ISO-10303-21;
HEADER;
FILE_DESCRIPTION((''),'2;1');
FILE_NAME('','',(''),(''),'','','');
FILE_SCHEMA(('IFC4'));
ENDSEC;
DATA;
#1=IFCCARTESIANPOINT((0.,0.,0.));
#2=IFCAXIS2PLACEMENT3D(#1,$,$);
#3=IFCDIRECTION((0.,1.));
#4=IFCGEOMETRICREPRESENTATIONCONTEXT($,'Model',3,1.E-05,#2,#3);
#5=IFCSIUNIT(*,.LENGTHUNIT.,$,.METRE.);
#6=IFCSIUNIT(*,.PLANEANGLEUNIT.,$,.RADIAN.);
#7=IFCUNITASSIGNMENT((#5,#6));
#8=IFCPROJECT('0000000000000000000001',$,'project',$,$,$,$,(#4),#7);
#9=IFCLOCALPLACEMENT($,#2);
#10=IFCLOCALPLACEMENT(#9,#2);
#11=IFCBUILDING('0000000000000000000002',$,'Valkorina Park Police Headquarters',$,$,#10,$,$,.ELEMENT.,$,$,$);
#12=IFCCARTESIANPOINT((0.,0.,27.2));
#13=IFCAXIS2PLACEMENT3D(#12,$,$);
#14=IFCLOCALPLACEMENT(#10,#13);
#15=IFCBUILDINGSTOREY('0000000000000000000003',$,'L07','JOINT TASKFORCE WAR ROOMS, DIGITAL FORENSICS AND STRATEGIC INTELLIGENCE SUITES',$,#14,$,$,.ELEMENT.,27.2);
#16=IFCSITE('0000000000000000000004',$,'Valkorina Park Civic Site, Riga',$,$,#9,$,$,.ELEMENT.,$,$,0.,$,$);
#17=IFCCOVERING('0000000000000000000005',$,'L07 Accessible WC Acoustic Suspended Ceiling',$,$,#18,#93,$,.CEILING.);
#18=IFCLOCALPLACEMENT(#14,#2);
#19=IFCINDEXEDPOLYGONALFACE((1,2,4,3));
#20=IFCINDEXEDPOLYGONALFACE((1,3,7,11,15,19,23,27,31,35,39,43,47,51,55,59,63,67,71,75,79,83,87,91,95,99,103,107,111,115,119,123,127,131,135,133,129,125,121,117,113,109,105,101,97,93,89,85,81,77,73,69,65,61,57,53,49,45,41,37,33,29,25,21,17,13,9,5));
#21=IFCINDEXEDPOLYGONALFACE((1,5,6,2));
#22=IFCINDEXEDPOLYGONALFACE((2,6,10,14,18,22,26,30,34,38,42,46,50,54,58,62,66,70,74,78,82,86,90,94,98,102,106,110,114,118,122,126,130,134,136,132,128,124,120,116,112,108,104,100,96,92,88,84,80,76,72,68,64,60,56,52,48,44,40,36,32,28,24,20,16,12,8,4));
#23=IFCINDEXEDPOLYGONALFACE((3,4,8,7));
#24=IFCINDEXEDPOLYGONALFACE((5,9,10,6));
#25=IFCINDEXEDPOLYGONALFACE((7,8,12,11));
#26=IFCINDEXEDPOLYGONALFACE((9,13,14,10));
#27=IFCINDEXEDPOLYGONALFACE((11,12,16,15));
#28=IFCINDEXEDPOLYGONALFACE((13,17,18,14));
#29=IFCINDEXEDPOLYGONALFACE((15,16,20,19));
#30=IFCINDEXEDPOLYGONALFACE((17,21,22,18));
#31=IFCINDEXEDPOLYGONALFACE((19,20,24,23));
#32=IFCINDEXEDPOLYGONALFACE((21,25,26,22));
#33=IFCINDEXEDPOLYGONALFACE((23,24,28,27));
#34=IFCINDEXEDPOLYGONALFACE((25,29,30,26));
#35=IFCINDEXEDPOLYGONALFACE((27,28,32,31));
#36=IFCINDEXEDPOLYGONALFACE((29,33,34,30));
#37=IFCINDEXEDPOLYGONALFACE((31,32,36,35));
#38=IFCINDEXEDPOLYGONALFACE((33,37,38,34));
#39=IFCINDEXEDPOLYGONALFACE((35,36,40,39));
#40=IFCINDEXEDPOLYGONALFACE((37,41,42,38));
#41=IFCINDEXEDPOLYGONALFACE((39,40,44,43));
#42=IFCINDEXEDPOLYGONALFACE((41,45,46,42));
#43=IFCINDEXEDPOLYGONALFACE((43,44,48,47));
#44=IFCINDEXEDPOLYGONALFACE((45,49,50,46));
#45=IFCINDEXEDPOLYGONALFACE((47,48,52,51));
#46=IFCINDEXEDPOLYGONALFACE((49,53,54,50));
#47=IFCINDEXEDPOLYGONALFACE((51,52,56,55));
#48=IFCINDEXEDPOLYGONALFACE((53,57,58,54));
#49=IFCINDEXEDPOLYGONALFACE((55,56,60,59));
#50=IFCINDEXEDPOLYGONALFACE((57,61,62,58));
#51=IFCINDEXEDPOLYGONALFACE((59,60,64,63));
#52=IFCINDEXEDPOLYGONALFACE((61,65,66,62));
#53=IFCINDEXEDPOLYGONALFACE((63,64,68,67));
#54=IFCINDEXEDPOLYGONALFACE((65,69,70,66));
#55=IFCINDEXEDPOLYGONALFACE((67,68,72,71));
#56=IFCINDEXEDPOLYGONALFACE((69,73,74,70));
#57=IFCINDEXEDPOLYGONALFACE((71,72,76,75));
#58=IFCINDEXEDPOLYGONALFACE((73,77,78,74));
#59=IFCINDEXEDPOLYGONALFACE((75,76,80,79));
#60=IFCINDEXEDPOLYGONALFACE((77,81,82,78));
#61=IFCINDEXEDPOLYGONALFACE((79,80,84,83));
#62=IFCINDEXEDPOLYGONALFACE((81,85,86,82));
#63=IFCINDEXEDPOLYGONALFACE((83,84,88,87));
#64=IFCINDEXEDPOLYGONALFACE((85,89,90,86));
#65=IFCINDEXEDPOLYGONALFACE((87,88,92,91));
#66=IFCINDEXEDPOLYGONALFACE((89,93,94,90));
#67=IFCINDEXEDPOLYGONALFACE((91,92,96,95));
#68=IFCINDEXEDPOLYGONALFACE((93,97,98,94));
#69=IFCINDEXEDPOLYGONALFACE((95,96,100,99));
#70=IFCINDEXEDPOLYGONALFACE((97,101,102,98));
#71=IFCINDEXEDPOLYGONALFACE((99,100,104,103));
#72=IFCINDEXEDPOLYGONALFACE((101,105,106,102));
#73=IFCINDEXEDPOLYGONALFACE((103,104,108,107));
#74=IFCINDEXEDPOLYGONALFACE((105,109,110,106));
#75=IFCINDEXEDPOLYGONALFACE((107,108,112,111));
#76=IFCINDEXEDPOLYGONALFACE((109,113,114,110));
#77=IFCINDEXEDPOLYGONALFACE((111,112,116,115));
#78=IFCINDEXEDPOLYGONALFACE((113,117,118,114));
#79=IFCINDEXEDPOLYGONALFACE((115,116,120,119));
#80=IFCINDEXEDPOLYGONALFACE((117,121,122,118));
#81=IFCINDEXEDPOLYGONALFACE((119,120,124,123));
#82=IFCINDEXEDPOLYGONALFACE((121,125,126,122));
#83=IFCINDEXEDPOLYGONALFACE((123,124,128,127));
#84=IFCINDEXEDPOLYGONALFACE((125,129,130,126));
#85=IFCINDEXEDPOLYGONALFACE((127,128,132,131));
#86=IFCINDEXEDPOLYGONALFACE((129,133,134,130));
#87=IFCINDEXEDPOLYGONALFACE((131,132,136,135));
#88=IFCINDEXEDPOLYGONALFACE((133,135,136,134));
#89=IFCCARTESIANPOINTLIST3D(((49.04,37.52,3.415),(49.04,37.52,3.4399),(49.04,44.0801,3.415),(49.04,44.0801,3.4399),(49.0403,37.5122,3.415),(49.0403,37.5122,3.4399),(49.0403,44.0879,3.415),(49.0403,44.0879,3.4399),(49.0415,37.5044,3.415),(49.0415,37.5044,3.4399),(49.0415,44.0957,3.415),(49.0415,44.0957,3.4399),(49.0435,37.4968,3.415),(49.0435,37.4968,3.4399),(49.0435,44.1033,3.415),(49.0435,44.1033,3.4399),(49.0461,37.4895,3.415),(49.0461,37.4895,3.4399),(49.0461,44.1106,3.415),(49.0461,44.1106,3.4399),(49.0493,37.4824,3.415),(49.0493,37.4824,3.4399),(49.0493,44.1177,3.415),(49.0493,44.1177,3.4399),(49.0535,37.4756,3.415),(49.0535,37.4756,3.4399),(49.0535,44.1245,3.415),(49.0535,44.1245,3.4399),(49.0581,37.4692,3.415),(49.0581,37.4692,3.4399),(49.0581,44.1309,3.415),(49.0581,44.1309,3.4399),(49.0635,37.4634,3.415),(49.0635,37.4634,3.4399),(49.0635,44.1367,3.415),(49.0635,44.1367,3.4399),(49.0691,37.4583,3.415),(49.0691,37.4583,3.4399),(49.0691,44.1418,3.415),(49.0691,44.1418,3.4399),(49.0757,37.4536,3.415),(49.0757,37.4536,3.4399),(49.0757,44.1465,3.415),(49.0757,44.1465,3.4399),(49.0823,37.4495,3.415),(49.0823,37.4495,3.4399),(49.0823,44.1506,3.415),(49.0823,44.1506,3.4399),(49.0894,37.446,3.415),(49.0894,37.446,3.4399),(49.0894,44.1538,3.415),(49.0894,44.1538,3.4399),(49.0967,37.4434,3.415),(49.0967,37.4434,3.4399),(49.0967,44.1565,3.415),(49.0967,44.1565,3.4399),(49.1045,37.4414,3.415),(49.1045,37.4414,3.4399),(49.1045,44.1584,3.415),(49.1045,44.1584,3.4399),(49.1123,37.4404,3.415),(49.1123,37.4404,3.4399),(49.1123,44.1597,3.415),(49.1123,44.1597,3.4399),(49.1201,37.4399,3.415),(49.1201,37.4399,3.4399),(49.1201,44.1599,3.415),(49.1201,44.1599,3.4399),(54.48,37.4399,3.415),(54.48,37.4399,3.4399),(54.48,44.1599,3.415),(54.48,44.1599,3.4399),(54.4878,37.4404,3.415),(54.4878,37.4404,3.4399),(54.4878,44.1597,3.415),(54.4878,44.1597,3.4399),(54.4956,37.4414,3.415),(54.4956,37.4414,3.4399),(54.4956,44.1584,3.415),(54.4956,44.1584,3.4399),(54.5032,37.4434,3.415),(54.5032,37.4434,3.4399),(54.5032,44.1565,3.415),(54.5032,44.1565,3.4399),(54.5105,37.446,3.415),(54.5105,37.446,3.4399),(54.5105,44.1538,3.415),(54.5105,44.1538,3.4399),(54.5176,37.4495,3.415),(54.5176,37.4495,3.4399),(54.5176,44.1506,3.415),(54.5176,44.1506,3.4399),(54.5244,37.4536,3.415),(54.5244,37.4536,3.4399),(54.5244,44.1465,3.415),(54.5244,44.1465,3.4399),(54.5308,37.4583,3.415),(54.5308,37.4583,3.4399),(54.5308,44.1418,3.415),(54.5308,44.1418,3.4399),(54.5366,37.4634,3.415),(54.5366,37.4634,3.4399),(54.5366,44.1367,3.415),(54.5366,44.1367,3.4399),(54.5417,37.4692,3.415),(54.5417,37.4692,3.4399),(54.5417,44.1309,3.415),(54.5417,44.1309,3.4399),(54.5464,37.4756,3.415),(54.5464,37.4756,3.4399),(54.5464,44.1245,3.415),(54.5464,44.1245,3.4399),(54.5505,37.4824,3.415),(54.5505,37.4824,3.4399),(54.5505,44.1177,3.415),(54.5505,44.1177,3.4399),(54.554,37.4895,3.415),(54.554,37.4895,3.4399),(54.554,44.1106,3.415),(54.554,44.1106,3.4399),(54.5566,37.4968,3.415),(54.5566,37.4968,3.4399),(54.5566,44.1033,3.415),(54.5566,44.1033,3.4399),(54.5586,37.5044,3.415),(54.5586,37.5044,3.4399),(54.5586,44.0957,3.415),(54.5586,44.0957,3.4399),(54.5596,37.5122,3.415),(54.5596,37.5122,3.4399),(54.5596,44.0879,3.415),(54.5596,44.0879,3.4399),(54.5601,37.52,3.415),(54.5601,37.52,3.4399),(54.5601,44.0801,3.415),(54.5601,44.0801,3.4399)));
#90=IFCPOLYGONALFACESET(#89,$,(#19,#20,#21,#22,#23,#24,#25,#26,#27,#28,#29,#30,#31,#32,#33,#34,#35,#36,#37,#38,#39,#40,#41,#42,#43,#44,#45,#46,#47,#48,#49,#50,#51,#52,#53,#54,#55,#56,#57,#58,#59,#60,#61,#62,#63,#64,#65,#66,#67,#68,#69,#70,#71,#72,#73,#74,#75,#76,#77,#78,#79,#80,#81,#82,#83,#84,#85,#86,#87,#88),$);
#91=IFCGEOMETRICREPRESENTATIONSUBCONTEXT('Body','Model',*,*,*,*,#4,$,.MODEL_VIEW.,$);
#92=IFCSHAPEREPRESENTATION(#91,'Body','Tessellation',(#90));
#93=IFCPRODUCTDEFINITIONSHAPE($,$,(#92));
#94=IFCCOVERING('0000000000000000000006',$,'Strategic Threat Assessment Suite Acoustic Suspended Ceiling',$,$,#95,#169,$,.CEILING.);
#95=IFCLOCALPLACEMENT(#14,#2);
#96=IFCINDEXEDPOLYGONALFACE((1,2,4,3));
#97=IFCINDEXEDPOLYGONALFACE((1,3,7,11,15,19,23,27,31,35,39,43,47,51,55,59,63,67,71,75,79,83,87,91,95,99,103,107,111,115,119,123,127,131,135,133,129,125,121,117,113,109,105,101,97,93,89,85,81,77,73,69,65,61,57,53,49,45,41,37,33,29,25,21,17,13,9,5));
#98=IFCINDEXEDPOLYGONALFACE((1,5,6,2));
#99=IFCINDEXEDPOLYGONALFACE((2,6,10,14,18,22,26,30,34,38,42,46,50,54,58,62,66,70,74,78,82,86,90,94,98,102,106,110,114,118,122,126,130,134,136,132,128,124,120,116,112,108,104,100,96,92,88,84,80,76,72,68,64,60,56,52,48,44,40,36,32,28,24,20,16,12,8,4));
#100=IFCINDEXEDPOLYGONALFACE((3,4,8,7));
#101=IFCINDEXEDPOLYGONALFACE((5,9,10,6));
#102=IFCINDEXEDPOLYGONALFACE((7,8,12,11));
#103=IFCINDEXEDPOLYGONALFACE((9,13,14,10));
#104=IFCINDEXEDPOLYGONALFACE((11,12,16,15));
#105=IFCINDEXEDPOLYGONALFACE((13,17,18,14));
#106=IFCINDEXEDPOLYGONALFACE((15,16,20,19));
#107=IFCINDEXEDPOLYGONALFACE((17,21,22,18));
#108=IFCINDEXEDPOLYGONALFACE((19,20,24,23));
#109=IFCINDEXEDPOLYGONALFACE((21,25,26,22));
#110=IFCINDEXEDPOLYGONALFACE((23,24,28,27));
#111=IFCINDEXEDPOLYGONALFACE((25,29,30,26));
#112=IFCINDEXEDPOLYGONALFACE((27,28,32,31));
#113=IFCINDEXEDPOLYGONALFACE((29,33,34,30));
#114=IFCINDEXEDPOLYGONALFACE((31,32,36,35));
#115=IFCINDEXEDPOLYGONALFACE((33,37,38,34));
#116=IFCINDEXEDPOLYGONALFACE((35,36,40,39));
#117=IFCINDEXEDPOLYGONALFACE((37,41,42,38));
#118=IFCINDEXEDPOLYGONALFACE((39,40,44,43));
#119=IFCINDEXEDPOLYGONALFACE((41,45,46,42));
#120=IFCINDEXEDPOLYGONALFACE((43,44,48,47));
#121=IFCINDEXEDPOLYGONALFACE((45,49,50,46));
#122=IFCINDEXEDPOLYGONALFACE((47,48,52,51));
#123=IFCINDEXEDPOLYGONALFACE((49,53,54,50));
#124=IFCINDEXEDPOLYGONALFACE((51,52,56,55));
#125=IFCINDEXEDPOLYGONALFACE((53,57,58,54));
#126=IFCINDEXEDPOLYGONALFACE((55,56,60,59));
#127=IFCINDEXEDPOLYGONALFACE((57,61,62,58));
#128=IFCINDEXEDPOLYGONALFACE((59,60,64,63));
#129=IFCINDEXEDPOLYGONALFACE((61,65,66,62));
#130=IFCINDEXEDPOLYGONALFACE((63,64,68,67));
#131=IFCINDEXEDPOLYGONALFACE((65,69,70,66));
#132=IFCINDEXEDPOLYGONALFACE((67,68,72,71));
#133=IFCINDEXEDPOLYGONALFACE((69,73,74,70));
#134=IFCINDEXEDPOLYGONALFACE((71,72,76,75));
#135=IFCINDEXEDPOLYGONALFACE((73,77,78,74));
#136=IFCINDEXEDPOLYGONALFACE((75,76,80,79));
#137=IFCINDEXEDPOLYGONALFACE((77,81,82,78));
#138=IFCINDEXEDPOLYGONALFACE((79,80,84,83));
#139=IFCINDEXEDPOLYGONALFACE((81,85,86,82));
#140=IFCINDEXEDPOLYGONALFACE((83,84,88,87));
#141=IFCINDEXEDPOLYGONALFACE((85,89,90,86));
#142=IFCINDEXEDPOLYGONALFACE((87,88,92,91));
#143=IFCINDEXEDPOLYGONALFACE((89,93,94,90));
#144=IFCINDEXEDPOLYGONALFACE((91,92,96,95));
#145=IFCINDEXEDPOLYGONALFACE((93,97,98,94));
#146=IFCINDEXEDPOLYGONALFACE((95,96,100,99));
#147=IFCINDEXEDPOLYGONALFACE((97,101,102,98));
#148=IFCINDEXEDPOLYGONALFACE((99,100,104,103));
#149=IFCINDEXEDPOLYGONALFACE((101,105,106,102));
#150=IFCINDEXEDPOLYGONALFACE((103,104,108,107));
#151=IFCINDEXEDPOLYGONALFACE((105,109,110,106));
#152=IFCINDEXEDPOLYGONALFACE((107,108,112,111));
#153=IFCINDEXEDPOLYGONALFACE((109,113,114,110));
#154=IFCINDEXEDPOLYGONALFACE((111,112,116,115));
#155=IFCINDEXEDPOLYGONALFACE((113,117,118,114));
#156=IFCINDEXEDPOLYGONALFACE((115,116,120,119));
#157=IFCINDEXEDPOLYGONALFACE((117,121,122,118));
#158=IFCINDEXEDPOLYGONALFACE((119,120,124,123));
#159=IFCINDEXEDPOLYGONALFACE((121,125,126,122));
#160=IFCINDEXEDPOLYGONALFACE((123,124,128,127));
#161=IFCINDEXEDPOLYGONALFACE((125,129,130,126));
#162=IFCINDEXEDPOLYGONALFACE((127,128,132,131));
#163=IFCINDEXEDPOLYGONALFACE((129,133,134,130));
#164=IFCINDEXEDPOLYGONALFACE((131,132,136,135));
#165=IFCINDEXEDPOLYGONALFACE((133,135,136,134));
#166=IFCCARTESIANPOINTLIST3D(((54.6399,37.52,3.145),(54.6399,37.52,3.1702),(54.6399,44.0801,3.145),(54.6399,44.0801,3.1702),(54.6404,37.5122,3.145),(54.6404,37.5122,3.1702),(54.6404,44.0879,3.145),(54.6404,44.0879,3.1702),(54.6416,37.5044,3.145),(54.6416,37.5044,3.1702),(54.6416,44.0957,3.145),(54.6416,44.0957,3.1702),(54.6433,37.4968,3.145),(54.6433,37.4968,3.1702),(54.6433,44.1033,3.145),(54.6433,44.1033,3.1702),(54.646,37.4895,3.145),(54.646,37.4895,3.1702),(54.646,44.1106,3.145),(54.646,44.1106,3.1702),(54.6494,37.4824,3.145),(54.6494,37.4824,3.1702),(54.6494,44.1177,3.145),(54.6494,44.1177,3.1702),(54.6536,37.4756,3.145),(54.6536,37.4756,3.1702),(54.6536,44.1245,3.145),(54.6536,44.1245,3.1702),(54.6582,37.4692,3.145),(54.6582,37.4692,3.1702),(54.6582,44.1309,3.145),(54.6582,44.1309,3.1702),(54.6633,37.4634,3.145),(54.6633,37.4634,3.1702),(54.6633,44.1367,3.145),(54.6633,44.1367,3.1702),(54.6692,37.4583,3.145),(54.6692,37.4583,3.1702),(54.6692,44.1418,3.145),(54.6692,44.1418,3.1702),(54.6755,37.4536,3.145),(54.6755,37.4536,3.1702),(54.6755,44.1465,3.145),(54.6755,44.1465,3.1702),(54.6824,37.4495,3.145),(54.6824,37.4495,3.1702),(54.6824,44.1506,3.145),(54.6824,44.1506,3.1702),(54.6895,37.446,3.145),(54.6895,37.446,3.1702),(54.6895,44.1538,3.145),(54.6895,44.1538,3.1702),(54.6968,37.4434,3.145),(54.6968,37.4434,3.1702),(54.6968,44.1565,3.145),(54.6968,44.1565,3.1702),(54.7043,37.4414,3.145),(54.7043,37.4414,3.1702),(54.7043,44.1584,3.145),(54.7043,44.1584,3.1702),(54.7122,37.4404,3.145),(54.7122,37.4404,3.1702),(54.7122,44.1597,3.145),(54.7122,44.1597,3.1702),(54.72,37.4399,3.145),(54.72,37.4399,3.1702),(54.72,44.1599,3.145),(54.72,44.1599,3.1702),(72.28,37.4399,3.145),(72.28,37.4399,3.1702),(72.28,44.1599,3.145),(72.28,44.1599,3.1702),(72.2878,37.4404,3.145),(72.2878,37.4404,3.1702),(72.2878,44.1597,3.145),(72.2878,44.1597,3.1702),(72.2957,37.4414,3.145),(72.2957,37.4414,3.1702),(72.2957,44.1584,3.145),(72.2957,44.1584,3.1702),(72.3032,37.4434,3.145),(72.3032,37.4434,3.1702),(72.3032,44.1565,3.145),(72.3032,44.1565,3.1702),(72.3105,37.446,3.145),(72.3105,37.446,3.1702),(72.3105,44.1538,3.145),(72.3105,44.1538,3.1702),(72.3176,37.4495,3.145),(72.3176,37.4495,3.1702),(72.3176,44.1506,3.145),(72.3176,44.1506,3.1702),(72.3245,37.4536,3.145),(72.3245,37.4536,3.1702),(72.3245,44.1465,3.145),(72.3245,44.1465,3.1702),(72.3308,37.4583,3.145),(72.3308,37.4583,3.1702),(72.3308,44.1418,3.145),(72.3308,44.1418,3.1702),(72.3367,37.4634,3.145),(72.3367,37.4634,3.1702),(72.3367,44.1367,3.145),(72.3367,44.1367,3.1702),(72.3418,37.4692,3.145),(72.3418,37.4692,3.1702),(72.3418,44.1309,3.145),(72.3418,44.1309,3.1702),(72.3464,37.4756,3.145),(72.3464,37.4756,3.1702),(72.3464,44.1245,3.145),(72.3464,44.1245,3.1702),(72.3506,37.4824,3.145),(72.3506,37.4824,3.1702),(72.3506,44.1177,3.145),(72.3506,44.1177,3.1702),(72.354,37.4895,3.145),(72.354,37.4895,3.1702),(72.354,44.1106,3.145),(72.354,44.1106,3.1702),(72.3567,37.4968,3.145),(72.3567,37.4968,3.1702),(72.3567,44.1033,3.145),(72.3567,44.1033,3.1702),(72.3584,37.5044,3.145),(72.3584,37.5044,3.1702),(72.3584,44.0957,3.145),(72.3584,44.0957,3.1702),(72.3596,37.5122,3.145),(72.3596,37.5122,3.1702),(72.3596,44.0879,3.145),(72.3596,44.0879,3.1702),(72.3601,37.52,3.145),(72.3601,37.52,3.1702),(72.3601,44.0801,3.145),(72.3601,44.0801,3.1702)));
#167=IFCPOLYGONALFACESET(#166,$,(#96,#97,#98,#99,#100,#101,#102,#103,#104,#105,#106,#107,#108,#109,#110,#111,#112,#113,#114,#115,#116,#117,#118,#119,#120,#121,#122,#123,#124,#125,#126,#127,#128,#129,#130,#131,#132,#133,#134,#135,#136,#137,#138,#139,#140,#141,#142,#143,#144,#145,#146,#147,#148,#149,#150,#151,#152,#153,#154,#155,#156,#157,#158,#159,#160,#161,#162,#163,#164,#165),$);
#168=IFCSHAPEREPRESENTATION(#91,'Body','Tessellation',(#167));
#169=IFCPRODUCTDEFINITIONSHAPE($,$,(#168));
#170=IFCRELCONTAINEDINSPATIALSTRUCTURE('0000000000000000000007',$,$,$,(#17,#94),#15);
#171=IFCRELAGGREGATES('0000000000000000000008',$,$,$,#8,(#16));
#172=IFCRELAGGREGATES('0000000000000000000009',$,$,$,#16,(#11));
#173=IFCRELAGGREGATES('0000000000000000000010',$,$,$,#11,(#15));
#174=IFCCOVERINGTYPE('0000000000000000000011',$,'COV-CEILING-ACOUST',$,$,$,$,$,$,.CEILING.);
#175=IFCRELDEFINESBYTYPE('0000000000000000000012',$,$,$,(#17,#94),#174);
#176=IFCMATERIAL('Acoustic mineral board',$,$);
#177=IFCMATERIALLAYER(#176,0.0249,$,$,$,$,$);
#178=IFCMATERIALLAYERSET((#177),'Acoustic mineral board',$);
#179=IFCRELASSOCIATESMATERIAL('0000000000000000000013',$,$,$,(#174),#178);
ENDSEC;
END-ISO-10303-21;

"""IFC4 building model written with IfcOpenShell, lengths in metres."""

from ifc_helpers import new_model, si_unit, direction, frame, origin, place, context, subcontext, project, spatial, polyline, outline, extrude, material, layer, layer_set, type_object, element, save


model = new_model("IFC4")

# Units and contexts
model_context = context("Model", 3, precision=1e-05, world=origin(), true_north=direction((0.0, 1.0)))
body_context = subcontext(model_context, "Body", "Model", "MODEL_VIEW")
ifc_project = project(units=[si_unit("LENGTHUNIT", "METRE"), si_unit("PLANEANGLEUNIT", "RADIAN")], contexts=[model_context])

# Site, building, storey
site_placement = place(None, origin())
site = spatial("IfcSite", under=ifc_project, at=site_placement, Name="Valkorina Park Civic Site, Riga", CompositionType="ELEMENT", RefElevation=0.0)
building_placement = place(site_placement, origin())
building = spatial("IfcBuilding", under=site, at=building_placement, Name="Valkorina Park Police Headquarters", CompositionType="ELEMENT")
storey_placement = place(building_placement, frame((0.0, 0.0, 27.2)))
storey = spatial("IfcBuildingStorey", under=building, at=storey_placement, Name="L07", Description="JOINT TASKFORCE WAR ROOMS, DIGITAL FORENSICS AND STRATEGIC INTELLIGENCE SUITES", CompositionType="ELEMENT", Elevation=27.2)

# Coverings
ifc_material_1 = material(Name="Acoustic mineral board")
ifc_layer_1 = layer(ifc_material_1, 0.0249)
ifc_layer_set_1 = layer_set([ifc_layer_1], Name="Acoustic mineral board")
covering_type_1 = type_object("IfcCoveringType", Name="COV-CEILING-ACOUST", PredefinedType="CEILING", material=ifc_layer_set_1)
covering_1_placement = place(storey_placement, frame((0.0, 0.0, 3.415)))
element("IfcCovering", 1, at=covering_1_placement, inside=storey, type_object=covering_type_1, Name="L07 Accessible WC Acoustic Suspended Ceiling", PredefinedType="CEILING", context=body_context, shape_type="SweptSolid", body=[
    extrude(outline(polyline([(54.4956, 44.1584), (54.4878, 44.1597), (54.48, 44.1599), (49.1201, 44.1599), (49.1123, 44.1597), (49.1045, 44.1584), (49.0967, 44.1565), (49.0894, 44.1538), (49.0823, 44.1506), (49.0757, 44.1465), (49.0691, 44.1418), (49.0635, 44.1367), (49.0581, 44.1309), (49.0535, 44.1245), (49.0493, 44.1177), (49.0461, 44.1106), (49.0435, 44.1033), (49.0415, 44.0957), (49.0403, 44.0879), (49.04, 44.0801), (49.04, 37.52), (49.0403, 37.5122), (49.0415, 37.5044), (49.0435, 37.4968), (49.0461, 37.4895), (49.0493, 37.4824), (49.0535, 37.4756), (49.0581, 37.4692), (49.0635, 37.4634), (49.0691, 37.4583), (49.0757, 37.4536), (49.0823, 37.4495), (49.0894, 37.446), (49.0967, 37.4434), (49.1045, 37.4414), (49.1123, 37.4404), (49.1201, 37.4399), (54.48, 37.4399), (54.4878, 37.4404), (54.4956, 37.4414), (54.5032, 37.4434), (54.5105, 37.446), (54.5176, 37.4495), (54.5244, 37.4536), (54.5308, 37.4583), (54.5366, 37.4634), (54.5417, 37.4692), (54.5464, 37.4756), (54.5505, 37.4824), (54.554, 37.4895), (54.5566, 37.4968), (54.5586, 37.5044), (54.5596, 37.5122), (54.5601, 37.52), (54.5601, 44.0801), (54.5596, 44.0879), (54.5586, 44.0957), (54.5566, 44.1033), (54.554, 44.1106), (54.5505, 44.1177), (54.5464, 44.1245), (54.5417, 44.1309), (54.5366, 44.1367), (54.5308, 44.1418), (54.5244, 44.1465), (54.5176, 44.1506), (54.5105, 44.1538), (54.5032, 44.1565), (54.4956, 44.1584)])), origin(), (0.0, 0.0, 1.0), 0.0249),
])
covering_2_placement = place(storey_placement, frame((0.0, 0.0, 3.145)))
element("IfcCovering", 2, at=covering_2_placement, inside=storey, type_object=covering_type_1, Name="Strategic Threat Assessment Suite Acoustic Suspended Ceiling", PredefinedType="CEILING", context=body_context, shape_type="SweptSolid", body=[
    extrude(outline(polyline([(72.2957, 44.1584), (72.2878, 44.1597), (72.28, 44.1599), (54.72, 44.1599), (54.7122, 44.1597), (54.7043, 44.1584), (54.6968, 44.1565), (54.6895, 44.1538), (54.6824, 44.1506), (54.6755, 44.1465), (54.6692, 44.1418), (54.6633, 44.1367), (54.6582, 44.1309), (54.6536, 44.1245), (54.6494, 44.1177), (54.646, 44.1106), (54.6433, 44.1033), (54.6416, 44.0957), (54.6404, 44.0879), (54.6399, 44.0801), (54.6399, 37.52), (54.6404, 37.5122), (54.6416, 37.5044), (54.6433, 37.4968), (54.646, 37.4895), (54.6494, 37.4824), (54.6536, 37.4756), (54.6582, 37.4692), (54.6633, 37.4634), (54.6692, 37.4583), (54.6755, 37.4536), (54.6824, 37.4495), (54.6895, 37.446), (54.6968, 37.4434), (54.7043, 37.4414), (54.7122, 37.4404), (54.72, 37.4399), (72.28, 37.4399), (72.2878, 37.4404), (72.2957, 37.4414), (72.3032, 37.4434), (72.3105, 37.446), (72.3176, 37.4495), (72.3245, 37.4536), (72.3308, 37.4583), (72.3367, 37.4634), (72.3418, 37.4692), (72.3464, 37.4756), (72.3506, 37.4824), (72.354, 37.4895), (72.3567, 37.4968), (72.3584, 37.5044), (72.3596, 37.5122), (72.3601, 37.52), (72.3601, 44.0801), (72.3596, 44.0879), (72.3584, 44.0957), (72.3567, 44.1033), (72.354, 44.1106), (72.3506, 44.1177), (72.3464, 44.1245), (72.3418, 44.1309), (72.3367, 44.1367), (72.3308, 44.1418), (72.3245, 44.1465), (72.3176, 44.1506), (72.3105, 44.1538), (72.3032, 44.1565), (72.2957, 44.1584)])), origin(), (0.0, 0.0, 1.0), 0.0251),
])

save(model, "model.ifc")
